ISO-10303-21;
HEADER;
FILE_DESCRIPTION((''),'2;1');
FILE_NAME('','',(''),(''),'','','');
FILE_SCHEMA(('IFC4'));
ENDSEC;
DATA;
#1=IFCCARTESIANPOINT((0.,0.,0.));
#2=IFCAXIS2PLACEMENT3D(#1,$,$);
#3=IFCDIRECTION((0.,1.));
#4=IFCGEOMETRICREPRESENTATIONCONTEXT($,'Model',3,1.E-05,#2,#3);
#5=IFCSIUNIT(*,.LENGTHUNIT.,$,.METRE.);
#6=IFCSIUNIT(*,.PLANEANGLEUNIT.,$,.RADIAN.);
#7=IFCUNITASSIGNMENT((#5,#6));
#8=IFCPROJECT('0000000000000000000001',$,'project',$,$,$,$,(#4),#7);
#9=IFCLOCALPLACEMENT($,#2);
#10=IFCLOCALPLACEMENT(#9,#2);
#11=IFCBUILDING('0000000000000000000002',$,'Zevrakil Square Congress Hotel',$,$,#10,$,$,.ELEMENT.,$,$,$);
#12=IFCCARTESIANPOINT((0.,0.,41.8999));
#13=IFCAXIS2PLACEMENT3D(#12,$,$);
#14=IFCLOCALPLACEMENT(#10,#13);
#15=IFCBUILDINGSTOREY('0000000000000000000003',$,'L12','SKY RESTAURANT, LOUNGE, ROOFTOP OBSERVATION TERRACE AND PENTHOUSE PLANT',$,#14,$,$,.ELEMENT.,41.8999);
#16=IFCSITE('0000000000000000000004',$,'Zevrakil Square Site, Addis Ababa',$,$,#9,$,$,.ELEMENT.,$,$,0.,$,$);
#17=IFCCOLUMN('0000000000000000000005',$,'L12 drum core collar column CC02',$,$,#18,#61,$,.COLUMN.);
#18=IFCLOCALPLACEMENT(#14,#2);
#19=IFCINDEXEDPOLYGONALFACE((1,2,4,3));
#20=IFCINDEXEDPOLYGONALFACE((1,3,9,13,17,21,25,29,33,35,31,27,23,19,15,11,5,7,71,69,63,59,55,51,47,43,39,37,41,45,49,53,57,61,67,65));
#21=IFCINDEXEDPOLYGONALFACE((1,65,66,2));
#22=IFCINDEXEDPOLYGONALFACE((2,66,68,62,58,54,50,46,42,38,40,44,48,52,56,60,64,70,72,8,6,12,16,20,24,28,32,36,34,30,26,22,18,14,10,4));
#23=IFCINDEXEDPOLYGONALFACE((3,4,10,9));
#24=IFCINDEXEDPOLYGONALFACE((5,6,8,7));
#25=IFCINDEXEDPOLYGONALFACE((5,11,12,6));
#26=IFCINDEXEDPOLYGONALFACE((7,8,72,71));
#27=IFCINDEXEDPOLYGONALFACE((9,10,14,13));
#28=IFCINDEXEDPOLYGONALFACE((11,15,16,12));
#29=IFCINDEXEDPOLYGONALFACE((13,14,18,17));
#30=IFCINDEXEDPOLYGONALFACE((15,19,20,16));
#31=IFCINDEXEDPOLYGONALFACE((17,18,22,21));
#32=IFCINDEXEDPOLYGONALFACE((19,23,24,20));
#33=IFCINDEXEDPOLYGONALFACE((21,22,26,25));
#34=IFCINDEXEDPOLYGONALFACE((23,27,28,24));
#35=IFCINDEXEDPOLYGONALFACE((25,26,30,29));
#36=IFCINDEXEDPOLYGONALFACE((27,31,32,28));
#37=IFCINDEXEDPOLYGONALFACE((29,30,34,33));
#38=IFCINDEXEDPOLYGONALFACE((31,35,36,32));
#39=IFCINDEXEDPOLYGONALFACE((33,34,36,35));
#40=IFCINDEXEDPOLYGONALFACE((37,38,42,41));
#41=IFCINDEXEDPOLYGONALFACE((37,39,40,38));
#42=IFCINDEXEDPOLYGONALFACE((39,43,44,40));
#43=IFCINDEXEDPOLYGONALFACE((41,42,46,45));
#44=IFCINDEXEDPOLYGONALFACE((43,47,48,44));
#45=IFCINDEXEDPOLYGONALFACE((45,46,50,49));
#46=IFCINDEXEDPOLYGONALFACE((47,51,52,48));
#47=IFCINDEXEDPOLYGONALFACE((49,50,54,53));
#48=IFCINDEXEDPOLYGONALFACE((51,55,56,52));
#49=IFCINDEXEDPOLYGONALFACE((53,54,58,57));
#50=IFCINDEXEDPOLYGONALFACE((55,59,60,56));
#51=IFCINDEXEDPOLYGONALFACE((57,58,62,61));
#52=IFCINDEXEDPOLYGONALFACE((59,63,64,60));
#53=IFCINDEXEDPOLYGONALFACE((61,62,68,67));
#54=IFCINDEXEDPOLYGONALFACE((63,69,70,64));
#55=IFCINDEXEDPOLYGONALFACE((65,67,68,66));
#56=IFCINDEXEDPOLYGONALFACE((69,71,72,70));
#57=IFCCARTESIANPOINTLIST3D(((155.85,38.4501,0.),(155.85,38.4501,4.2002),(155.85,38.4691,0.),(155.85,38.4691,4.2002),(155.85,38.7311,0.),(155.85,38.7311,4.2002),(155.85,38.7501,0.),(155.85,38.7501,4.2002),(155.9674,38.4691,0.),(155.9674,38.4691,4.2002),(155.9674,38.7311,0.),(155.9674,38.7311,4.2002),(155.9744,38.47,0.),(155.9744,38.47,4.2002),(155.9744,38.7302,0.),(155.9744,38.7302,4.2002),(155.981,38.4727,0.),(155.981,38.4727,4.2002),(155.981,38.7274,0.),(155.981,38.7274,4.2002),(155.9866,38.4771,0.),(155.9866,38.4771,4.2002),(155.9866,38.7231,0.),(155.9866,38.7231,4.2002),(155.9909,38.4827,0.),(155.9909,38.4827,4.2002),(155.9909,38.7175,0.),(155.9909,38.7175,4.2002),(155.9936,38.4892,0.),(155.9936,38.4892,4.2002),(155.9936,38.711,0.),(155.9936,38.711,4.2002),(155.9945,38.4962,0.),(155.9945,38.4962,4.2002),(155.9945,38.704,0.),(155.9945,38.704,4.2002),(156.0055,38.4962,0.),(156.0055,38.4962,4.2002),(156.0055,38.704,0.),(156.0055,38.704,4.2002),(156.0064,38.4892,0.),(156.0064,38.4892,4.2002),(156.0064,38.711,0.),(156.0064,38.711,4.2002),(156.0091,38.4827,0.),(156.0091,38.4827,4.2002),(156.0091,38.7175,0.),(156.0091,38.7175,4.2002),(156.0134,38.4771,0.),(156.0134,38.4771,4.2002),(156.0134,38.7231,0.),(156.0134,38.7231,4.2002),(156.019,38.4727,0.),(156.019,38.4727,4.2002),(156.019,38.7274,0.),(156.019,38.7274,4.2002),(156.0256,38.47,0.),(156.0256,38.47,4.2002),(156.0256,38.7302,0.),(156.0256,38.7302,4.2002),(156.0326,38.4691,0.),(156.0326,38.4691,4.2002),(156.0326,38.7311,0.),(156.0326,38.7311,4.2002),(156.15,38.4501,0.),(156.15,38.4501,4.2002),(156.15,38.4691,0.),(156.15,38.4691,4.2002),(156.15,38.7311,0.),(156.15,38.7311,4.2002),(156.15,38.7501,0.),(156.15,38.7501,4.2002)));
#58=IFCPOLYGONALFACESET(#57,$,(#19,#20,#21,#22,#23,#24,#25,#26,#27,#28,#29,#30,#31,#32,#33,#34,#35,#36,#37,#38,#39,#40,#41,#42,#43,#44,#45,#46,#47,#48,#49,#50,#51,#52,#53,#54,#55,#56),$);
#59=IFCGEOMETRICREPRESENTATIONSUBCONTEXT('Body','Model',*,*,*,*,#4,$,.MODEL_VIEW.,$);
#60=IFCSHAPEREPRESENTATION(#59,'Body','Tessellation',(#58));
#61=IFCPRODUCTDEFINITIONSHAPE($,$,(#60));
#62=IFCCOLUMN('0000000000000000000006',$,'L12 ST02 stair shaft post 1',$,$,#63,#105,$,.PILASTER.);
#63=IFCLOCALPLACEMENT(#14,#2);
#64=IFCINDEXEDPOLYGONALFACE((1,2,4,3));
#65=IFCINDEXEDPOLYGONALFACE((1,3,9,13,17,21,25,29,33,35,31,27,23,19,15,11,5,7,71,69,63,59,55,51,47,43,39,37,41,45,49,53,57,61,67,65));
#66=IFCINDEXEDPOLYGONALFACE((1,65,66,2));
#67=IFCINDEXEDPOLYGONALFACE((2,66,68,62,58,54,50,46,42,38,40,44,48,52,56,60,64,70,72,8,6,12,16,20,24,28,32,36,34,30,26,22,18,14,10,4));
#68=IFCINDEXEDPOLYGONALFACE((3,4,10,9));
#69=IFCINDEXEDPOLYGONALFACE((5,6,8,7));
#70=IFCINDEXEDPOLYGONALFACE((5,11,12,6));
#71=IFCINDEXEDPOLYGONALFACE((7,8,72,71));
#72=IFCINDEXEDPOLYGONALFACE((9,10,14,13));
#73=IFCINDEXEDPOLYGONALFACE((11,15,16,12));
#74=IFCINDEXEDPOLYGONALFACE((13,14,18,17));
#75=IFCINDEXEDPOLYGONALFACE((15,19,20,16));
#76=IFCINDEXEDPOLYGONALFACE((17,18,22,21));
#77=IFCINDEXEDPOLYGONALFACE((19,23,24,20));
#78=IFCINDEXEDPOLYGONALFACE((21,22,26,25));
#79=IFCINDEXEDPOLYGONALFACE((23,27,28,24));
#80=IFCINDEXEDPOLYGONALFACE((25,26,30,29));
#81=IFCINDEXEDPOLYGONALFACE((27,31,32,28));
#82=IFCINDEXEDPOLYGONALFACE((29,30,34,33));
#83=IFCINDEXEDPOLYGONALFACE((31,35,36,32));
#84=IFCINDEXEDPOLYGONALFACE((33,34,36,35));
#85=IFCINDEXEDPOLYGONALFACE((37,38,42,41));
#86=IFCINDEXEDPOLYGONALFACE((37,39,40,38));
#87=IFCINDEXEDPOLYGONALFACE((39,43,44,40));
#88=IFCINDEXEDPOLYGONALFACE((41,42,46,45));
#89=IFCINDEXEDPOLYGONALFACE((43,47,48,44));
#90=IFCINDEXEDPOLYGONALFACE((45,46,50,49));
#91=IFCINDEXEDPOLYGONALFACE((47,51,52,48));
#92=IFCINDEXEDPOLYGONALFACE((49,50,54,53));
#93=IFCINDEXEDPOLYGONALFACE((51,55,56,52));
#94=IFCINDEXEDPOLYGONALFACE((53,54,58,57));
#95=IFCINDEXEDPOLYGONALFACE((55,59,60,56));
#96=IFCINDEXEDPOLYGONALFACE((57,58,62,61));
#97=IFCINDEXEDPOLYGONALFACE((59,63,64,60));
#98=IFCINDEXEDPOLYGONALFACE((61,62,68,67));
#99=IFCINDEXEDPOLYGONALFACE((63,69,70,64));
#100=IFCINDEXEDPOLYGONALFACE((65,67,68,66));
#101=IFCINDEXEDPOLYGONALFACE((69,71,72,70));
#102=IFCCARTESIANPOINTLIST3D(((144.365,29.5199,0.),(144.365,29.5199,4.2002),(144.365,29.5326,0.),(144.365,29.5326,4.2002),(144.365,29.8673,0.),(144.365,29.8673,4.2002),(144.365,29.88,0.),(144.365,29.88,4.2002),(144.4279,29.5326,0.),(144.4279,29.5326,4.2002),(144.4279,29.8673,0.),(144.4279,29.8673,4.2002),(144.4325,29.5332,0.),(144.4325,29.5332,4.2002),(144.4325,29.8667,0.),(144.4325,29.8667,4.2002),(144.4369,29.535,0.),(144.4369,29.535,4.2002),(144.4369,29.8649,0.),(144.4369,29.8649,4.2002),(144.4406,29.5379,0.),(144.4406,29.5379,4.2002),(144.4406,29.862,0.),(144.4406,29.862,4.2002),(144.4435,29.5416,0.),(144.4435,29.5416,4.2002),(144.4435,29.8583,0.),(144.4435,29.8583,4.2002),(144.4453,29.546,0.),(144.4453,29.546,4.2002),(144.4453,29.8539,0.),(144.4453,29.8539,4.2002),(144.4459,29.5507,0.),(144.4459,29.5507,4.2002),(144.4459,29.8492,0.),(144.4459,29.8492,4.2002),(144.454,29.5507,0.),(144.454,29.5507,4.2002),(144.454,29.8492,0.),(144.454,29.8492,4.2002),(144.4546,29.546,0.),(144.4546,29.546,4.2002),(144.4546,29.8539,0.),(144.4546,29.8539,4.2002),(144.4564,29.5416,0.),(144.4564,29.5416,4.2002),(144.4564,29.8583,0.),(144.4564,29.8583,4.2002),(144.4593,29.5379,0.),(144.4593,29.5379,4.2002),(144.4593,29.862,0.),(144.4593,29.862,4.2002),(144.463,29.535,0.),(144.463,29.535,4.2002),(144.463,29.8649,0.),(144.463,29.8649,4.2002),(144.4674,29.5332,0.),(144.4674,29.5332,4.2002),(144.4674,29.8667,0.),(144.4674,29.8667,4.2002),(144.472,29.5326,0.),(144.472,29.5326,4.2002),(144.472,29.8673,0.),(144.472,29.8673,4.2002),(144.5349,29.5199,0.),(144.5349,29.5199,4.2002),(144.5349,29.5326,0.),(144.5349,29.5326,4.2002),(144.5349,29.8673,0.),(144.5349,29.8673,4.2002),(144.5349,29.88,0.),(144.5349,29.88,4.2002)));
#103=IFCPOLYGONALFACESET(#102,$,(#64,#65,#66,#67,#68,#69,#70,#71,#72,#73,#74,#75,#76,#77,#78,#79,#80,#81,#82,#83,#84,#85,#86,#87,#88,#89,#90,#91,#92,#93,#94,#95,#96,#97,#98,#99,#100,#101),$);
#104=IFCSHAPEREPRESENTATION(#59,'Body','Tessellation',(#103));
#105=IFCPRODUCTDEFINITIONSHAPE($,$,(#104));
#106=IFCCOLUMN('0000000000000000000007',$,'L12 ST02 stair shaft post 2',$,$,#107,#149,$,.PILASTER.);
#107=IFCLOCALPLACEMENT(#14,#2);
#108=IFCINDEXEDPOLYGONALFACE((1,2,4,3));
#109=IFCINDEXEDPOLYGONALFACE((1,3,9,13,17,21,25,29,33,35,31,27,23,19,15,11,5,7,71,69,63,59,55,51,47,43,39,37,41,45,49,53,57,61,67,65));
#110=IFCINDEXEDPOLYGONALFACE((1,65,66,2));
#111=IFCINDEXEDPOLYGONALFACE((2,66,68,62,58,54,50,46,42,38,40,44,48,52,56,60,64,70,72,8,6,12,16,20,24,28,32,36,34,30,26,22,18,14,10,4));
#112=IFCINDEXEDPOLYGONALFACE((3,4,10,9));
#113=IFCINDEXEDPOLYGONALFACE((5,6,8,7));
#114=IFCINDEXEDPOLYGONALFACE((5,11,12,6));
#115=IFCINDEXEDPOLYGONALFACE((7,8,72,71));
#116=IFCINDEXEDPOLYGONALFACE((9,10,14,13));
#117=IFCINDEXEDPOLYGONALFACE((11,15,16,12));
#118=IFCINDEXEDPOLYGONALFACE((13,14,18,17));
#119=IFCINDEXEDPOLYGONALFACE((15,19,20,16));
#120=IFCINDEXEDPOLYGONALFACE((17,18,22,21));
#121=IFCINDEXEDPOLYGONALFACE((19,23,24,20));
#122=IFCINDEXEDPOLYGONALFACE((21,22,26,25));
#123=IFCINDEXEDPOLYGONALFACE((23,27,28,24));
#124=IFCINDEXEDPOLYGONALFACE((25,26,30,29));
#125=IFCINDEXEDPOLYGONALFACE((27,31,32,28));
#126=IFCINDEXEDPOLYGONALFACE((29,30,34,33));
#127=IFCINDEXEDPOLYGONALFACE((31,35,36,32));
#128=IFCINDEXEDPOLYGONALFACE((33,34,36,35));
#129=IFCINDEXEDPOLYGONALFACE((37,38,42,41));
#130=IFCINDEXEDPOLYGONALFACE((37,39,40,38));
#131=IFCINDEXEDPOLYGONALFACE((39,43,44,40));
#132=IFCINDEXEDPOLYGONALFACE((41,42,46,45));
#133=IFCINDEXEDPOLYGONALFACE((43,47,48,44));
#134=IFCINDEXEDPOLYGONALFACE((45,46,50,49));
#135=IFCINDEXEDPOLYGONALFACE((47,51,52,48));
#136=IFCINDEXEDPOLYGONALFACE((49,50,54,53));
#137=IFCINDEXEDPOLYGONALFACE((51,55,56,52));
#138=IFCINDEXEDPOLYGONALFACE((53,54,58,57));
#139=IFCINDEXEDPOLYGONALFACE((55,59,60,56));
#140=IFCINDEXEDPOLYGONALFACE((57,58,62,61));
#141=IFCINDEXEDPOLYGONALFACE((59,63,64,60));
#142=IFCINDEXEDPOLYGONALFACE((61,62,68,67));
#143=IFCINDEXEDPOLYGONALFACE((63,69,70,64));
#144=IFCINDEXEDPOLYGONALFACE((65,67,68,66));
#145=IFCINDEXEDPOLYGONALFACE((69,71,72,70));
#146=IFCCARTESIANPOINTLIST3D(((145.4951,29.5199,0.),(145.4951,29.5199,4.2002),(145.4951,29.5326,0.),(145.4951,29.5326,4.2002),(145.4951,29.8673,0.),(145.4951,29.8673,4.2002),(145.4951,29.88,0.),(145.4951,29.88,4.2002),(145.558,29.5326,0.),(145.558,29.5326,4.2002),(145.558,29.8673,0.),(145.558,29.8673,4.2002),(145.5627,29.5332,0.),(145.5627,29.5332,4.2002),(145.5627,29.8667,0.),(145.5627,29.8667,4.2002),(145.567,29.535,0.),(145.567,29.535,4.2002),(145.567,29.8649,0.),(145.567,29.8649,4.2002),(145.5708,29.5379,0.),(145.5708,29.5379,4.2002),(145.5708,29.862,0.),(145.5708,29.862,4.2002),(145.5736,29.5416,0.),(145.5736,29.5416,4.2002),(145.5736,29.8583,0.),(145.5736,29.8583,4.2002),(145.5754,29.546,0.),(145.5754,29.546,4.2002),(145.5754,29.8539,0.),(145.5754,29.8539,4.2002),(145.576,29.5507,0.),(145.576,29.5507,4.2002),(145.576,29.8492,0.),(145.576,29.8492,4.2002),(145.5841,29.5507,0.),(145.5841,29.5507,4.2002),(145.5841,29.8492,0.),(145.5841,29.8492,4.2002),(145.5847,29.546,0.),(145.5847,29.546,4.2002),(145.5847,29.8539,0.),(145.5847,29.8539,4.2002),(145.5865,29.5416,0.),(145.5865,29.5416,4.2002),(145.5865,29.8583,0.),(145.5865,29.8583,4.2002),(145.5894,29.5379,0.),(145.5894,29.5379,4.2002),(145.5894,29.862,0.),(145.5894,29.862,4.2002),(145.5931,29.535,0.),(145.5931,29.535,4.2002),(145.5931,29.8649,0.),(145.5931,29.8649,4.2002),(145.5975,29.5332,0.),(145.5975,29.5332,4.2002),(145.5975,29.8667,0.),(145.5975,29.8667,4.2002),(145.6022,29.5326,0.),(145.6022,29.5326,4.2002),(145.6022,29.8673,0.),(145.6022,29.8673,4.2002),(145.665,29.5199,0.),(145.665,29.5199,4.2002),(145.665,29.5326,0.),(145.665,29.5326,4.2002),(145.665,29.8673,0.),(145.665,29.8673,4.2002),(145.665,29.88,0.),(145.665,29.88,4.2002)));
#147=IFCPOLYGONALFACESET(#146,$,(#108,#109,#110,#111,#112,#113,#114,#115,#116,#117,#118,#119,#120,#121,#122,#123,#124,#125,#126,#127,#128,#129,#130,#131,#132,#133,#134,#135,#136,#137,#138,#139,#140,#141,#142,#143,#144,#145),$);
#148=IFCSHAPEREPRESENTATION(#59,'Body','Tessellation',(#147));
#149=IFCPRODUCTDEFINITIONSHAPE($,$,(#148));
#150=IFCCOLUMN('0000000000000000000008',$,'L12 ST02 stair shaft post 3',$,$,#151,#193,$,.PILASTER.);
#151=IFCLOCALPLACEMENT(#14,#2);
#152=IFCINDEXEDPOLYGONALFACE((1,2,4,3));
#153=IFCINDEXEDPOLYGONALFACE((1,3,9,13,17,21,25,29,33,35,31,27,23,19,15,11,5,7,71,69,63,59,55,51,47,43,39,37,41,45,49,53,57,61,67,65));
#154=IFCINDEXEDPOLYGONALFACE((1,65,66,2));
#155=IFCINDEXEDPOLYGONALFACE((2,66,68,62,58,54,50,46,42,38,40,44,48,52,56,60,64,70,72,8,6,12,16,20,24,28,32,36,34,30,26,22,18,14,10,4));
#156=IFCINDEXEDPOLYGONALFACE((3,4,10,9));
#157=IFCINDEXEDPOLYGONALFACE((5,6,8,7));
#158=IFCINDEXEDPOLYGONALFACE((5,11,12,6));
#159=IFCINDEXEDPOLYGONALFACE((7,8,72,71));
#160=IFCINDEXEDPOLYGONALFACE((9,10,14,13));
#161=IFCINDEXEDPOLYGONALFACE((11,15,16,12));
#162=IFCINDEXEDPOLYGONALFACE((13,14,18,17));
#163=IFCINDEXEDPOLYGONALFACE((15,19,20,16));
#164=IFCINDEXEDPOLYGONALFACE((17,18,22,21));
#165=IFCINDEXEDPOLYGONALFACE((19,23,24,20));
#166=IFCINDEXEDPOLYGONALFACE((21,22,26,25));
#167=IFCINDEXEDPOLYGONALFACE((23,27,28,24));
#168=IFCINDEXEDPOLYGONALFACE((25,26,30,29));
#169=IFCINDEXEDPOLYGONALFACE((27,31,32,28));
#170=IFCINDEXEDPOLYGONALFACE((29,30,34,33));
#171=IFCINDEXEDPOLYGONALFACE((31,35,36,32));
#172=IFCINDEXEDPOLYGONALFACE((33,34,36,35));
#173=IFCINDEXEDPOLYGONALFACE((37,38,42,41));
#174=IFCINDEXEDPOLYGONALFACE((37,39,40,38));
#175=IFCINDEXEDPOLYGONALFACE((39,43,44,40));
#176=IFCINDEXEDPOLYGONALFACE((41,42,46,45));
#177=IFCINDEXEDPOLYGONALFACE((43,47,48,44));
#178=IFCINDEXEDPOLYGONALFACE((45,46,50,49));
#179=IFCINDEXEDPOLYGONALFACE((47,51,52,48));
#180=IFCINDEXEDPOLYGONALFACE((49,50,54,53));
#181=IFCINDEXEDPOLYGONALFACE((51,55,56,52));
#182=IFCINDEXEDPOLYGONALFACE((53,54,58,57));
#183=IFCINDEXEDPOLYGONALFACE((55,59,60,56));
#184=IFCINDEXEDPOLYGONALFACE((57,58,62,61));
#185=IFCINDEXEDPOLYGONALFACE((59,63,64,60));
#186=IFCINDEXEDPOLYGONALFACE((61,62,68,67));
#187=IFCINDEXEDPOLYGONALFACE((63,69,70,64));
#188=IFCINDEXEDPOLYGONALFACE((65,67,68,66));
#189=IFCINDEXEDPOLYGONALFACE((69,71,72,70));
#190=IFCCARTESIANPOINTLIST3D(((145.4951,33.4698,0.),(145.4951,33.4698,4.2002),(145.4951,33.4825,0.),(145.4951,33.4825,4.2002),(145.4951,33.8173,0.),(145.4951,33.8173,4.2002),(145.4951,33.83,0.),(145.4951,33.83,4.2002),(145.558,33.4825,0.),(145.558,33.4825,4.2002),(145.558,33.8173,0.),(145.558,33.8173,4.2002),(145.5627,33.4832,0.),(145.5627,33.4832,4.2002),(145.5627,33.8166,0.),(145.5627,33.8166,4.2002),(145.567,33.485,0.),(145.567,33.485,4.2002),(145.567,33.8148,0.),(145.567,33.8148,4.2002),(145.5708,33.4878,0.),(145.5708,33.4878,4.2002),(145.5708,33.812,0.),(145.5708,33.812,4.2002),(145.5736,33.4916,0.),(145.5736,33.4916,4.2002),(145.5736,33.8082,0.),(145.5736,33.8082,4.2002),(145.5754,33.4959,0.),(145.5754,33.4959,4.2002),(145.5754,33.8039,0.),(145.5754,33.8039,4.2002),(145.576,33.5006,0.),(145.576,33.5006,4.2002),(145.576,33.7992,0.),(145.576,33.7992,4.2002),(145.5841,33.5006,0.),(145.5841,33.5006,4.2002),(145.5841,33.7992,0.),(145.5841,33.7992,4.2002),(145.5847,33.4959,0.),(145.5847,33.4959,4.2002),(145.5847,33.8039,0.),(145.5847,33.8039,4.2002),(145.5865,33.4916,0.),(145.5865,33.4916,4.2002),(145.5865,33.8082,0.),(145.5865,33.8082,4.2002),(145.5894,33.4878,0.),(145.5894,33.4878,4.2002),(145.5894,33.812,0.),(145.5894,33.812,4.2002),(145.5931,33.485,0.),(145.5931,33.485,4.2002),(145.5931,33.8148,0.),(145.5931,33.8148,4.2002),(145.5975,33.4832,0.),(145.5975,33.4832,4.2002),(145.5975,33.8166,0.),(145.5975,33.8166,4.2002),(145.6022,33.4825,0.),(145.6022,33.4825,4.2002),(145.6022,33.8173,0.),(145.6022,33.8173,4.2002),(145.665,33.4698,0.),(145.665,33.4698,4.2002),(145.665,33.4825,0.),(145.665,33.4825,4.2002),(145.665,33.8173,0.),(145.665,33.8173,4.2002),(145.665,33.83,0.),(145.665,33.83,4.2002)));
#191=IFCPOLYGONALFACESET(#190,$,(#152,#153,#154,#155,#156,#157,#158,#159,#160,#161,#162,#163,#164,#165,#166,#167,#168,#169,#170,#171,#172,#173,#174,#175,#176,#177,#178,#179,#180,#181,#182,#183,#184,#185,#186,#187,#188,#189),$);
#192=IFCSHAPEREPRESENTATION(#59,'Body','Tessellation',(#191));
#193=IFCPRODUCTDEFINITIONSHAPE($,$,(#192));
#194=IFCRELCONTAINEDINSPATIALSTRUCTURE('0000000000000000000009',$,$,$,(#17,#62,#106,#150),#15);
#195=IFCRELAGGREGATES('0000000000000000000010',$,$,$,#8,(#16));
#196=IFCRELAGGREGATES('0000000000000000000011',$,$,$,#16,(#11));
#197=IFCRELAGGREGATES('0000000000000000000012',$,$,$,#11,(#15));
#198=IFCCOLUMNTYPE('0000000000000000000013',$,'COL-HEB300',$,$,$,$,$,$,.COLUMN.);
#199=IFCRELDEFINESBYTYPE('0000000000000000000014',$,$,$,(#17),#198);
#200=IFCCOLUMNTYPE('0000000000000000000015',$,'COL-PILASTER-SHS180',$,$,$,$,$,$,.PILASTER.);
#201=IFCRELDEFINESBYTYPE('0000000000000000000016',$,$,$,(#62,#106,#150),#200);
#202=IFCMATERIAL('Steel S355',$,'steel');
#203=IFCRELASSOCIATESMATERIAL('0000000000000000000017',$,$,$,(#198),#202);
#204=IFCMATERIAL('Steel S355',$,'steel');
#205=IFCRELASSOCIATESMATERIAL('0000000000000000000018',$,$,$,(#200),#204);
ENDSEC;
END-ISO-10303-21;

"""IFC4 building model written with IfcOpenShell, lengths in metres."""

from ifc_helpers import new_model, si_unit, direction, frame, origin, origin_2d, place, context, subcontext, project, spatial, i_section, extrude, material, material_profile, profile_set, type_object, element, save


model = new_model("IFC4")

# Units and contexts
model_context = context("Model", 3, precision=1e-05, world=origin(), true_north=direction((0.0, 1.0)))
body_context = subcontext(model_context, "Body", "Model", "MODEL_VIEW")
ifc_project = project(units=[si_unit("LENGTHUNIT", "METRE"), si_unit("PLANEANGLEUNIT", "RADIAN")], contexts=[model_context])

# Site, building, storey
site_placement = place(None, origin())
site = spatial("IfcSite", under=ifc_project, at=site_placement, Name="Zevrakil Square Site, Addis Ababa", CompositionType="ELEMENT", RefElevation=0.0)
building_placement = place(site_placement, origin())
building = spatial("IfcBuilding", under=site, at=building_placement, Name="Zevrakil Square Congress Hotel", CompositionType="ELEMENT")
storey_placement = place(building_placement, frame((0.0, 0.0, 41.8999)))
storey = spatial("IfcBuildingStorey", under=building, at=storey_placement, Name="L12", Description="SKY RESTAURANT, LOUNGE, ROOFTOP OBSERVATION TERRACE AND PENTHOUSE PLANT", CompositionType="ELEMENT", Elevation=41.8999)

# Columns
ifc_material_1 = material(Name="Steel S355", Category="steel")
ifc_material_profile_1 = material_profile(ifc_material_1, i_section(OverallWidth=0.3, OverallDepth=0.3, WebThickness=0.011, FlangeThickness=0.019, FilletRadius=0.0271, at=origin_2d()), Name="HEB 300")
ifc_profile_set_1 = profile_set([ifc_material_profile_1], Name="Steel S355")
column_type_1 = type_object("IfcColumnType", Name="COL-HEB300", PredefinedType="COLUMN", material=ifc_profile_set_1)
column_placement = place(storey_placement, frame((156.0, 38.6001, 0.0), z_axis=(0.0, 0.0, 1.0), x_axis=(1.0, 0.0, 0.0)))
element("IfcColumn", 1, at=column_placement, inside=storey, type_object=column_type_1, Name="L12 drum core collar column CC02", PredefinedType="COLUMN", context=body_context, shape_type="SweptSolid", body=[
    extrude(i_section(OverallWidth=0.3, OverallDepth=0.3, WebThickness=0.011, FlangeThickness=0.019, FilletRadius=0.0271, at=origin_2d()), origin(), (0.0, 0.0, 1.0), 4.2002),
])
ifc_material_2 = material(Name="Steel S355", Category="steel")
ifc_material_profile_2 = material_profile(ifc_material_2, i_section(OverallWidth=0.1699, OverallDepth=0.3601, WebThickness=0.0081, FlangeThickness=0.0127, FilletRadius=0.0181, at=origin_2d()), Name="IPE 360")
ifc_profile_set_2 = profile_set([ifc_material_profile_2], Name="Steel S355")
column_type_2 = type_object("IfcColumnType", Name="COL-PILASTER-SHS180", PredefinedType="PILASTER", material=ifc_profile_set_2)
for number, where, z_axis, x_axis, name in (
    (2, (144.45, 29.7, 0.0), (0.0, 0.0, 1.0), (1.0, 0.0, 0.0), "L12 ST02 stair shaft post 1"),
    (3, (145.5801, 29.7, 0.0), (0.0, 0.0, 1.0), (1.0, 0.0, 0.0), "L12 ST02 stair shaft post 2"),
    (4, (145.5801, 33.6499, 0.0), (0.0, 0.0, 1.0), (1.0, 0.0, 0.0), "L12 ST02 stair shaft post 3"),
):
    element("IfcColumn", number, at=place(storey_placement, frame(where, z_axis=z_axis, x_axis=x_axis)), inside=storey, type_object=column_type_2, Name=name, PredefinedType="PILASTER", context=body_context, shape_type="SweptSolid", body=[
        extrude(i_section(OverallWidth=0.1699, OverallDepth=0.3601, WebThickness=0.0081, FlangeThickness=0.0127, FilletRadius=0.0181, at=origin_2d()), origin(), (0.0, 0.0, 1.0), 4.2002),
    ])

save(model, "model.ifc")
